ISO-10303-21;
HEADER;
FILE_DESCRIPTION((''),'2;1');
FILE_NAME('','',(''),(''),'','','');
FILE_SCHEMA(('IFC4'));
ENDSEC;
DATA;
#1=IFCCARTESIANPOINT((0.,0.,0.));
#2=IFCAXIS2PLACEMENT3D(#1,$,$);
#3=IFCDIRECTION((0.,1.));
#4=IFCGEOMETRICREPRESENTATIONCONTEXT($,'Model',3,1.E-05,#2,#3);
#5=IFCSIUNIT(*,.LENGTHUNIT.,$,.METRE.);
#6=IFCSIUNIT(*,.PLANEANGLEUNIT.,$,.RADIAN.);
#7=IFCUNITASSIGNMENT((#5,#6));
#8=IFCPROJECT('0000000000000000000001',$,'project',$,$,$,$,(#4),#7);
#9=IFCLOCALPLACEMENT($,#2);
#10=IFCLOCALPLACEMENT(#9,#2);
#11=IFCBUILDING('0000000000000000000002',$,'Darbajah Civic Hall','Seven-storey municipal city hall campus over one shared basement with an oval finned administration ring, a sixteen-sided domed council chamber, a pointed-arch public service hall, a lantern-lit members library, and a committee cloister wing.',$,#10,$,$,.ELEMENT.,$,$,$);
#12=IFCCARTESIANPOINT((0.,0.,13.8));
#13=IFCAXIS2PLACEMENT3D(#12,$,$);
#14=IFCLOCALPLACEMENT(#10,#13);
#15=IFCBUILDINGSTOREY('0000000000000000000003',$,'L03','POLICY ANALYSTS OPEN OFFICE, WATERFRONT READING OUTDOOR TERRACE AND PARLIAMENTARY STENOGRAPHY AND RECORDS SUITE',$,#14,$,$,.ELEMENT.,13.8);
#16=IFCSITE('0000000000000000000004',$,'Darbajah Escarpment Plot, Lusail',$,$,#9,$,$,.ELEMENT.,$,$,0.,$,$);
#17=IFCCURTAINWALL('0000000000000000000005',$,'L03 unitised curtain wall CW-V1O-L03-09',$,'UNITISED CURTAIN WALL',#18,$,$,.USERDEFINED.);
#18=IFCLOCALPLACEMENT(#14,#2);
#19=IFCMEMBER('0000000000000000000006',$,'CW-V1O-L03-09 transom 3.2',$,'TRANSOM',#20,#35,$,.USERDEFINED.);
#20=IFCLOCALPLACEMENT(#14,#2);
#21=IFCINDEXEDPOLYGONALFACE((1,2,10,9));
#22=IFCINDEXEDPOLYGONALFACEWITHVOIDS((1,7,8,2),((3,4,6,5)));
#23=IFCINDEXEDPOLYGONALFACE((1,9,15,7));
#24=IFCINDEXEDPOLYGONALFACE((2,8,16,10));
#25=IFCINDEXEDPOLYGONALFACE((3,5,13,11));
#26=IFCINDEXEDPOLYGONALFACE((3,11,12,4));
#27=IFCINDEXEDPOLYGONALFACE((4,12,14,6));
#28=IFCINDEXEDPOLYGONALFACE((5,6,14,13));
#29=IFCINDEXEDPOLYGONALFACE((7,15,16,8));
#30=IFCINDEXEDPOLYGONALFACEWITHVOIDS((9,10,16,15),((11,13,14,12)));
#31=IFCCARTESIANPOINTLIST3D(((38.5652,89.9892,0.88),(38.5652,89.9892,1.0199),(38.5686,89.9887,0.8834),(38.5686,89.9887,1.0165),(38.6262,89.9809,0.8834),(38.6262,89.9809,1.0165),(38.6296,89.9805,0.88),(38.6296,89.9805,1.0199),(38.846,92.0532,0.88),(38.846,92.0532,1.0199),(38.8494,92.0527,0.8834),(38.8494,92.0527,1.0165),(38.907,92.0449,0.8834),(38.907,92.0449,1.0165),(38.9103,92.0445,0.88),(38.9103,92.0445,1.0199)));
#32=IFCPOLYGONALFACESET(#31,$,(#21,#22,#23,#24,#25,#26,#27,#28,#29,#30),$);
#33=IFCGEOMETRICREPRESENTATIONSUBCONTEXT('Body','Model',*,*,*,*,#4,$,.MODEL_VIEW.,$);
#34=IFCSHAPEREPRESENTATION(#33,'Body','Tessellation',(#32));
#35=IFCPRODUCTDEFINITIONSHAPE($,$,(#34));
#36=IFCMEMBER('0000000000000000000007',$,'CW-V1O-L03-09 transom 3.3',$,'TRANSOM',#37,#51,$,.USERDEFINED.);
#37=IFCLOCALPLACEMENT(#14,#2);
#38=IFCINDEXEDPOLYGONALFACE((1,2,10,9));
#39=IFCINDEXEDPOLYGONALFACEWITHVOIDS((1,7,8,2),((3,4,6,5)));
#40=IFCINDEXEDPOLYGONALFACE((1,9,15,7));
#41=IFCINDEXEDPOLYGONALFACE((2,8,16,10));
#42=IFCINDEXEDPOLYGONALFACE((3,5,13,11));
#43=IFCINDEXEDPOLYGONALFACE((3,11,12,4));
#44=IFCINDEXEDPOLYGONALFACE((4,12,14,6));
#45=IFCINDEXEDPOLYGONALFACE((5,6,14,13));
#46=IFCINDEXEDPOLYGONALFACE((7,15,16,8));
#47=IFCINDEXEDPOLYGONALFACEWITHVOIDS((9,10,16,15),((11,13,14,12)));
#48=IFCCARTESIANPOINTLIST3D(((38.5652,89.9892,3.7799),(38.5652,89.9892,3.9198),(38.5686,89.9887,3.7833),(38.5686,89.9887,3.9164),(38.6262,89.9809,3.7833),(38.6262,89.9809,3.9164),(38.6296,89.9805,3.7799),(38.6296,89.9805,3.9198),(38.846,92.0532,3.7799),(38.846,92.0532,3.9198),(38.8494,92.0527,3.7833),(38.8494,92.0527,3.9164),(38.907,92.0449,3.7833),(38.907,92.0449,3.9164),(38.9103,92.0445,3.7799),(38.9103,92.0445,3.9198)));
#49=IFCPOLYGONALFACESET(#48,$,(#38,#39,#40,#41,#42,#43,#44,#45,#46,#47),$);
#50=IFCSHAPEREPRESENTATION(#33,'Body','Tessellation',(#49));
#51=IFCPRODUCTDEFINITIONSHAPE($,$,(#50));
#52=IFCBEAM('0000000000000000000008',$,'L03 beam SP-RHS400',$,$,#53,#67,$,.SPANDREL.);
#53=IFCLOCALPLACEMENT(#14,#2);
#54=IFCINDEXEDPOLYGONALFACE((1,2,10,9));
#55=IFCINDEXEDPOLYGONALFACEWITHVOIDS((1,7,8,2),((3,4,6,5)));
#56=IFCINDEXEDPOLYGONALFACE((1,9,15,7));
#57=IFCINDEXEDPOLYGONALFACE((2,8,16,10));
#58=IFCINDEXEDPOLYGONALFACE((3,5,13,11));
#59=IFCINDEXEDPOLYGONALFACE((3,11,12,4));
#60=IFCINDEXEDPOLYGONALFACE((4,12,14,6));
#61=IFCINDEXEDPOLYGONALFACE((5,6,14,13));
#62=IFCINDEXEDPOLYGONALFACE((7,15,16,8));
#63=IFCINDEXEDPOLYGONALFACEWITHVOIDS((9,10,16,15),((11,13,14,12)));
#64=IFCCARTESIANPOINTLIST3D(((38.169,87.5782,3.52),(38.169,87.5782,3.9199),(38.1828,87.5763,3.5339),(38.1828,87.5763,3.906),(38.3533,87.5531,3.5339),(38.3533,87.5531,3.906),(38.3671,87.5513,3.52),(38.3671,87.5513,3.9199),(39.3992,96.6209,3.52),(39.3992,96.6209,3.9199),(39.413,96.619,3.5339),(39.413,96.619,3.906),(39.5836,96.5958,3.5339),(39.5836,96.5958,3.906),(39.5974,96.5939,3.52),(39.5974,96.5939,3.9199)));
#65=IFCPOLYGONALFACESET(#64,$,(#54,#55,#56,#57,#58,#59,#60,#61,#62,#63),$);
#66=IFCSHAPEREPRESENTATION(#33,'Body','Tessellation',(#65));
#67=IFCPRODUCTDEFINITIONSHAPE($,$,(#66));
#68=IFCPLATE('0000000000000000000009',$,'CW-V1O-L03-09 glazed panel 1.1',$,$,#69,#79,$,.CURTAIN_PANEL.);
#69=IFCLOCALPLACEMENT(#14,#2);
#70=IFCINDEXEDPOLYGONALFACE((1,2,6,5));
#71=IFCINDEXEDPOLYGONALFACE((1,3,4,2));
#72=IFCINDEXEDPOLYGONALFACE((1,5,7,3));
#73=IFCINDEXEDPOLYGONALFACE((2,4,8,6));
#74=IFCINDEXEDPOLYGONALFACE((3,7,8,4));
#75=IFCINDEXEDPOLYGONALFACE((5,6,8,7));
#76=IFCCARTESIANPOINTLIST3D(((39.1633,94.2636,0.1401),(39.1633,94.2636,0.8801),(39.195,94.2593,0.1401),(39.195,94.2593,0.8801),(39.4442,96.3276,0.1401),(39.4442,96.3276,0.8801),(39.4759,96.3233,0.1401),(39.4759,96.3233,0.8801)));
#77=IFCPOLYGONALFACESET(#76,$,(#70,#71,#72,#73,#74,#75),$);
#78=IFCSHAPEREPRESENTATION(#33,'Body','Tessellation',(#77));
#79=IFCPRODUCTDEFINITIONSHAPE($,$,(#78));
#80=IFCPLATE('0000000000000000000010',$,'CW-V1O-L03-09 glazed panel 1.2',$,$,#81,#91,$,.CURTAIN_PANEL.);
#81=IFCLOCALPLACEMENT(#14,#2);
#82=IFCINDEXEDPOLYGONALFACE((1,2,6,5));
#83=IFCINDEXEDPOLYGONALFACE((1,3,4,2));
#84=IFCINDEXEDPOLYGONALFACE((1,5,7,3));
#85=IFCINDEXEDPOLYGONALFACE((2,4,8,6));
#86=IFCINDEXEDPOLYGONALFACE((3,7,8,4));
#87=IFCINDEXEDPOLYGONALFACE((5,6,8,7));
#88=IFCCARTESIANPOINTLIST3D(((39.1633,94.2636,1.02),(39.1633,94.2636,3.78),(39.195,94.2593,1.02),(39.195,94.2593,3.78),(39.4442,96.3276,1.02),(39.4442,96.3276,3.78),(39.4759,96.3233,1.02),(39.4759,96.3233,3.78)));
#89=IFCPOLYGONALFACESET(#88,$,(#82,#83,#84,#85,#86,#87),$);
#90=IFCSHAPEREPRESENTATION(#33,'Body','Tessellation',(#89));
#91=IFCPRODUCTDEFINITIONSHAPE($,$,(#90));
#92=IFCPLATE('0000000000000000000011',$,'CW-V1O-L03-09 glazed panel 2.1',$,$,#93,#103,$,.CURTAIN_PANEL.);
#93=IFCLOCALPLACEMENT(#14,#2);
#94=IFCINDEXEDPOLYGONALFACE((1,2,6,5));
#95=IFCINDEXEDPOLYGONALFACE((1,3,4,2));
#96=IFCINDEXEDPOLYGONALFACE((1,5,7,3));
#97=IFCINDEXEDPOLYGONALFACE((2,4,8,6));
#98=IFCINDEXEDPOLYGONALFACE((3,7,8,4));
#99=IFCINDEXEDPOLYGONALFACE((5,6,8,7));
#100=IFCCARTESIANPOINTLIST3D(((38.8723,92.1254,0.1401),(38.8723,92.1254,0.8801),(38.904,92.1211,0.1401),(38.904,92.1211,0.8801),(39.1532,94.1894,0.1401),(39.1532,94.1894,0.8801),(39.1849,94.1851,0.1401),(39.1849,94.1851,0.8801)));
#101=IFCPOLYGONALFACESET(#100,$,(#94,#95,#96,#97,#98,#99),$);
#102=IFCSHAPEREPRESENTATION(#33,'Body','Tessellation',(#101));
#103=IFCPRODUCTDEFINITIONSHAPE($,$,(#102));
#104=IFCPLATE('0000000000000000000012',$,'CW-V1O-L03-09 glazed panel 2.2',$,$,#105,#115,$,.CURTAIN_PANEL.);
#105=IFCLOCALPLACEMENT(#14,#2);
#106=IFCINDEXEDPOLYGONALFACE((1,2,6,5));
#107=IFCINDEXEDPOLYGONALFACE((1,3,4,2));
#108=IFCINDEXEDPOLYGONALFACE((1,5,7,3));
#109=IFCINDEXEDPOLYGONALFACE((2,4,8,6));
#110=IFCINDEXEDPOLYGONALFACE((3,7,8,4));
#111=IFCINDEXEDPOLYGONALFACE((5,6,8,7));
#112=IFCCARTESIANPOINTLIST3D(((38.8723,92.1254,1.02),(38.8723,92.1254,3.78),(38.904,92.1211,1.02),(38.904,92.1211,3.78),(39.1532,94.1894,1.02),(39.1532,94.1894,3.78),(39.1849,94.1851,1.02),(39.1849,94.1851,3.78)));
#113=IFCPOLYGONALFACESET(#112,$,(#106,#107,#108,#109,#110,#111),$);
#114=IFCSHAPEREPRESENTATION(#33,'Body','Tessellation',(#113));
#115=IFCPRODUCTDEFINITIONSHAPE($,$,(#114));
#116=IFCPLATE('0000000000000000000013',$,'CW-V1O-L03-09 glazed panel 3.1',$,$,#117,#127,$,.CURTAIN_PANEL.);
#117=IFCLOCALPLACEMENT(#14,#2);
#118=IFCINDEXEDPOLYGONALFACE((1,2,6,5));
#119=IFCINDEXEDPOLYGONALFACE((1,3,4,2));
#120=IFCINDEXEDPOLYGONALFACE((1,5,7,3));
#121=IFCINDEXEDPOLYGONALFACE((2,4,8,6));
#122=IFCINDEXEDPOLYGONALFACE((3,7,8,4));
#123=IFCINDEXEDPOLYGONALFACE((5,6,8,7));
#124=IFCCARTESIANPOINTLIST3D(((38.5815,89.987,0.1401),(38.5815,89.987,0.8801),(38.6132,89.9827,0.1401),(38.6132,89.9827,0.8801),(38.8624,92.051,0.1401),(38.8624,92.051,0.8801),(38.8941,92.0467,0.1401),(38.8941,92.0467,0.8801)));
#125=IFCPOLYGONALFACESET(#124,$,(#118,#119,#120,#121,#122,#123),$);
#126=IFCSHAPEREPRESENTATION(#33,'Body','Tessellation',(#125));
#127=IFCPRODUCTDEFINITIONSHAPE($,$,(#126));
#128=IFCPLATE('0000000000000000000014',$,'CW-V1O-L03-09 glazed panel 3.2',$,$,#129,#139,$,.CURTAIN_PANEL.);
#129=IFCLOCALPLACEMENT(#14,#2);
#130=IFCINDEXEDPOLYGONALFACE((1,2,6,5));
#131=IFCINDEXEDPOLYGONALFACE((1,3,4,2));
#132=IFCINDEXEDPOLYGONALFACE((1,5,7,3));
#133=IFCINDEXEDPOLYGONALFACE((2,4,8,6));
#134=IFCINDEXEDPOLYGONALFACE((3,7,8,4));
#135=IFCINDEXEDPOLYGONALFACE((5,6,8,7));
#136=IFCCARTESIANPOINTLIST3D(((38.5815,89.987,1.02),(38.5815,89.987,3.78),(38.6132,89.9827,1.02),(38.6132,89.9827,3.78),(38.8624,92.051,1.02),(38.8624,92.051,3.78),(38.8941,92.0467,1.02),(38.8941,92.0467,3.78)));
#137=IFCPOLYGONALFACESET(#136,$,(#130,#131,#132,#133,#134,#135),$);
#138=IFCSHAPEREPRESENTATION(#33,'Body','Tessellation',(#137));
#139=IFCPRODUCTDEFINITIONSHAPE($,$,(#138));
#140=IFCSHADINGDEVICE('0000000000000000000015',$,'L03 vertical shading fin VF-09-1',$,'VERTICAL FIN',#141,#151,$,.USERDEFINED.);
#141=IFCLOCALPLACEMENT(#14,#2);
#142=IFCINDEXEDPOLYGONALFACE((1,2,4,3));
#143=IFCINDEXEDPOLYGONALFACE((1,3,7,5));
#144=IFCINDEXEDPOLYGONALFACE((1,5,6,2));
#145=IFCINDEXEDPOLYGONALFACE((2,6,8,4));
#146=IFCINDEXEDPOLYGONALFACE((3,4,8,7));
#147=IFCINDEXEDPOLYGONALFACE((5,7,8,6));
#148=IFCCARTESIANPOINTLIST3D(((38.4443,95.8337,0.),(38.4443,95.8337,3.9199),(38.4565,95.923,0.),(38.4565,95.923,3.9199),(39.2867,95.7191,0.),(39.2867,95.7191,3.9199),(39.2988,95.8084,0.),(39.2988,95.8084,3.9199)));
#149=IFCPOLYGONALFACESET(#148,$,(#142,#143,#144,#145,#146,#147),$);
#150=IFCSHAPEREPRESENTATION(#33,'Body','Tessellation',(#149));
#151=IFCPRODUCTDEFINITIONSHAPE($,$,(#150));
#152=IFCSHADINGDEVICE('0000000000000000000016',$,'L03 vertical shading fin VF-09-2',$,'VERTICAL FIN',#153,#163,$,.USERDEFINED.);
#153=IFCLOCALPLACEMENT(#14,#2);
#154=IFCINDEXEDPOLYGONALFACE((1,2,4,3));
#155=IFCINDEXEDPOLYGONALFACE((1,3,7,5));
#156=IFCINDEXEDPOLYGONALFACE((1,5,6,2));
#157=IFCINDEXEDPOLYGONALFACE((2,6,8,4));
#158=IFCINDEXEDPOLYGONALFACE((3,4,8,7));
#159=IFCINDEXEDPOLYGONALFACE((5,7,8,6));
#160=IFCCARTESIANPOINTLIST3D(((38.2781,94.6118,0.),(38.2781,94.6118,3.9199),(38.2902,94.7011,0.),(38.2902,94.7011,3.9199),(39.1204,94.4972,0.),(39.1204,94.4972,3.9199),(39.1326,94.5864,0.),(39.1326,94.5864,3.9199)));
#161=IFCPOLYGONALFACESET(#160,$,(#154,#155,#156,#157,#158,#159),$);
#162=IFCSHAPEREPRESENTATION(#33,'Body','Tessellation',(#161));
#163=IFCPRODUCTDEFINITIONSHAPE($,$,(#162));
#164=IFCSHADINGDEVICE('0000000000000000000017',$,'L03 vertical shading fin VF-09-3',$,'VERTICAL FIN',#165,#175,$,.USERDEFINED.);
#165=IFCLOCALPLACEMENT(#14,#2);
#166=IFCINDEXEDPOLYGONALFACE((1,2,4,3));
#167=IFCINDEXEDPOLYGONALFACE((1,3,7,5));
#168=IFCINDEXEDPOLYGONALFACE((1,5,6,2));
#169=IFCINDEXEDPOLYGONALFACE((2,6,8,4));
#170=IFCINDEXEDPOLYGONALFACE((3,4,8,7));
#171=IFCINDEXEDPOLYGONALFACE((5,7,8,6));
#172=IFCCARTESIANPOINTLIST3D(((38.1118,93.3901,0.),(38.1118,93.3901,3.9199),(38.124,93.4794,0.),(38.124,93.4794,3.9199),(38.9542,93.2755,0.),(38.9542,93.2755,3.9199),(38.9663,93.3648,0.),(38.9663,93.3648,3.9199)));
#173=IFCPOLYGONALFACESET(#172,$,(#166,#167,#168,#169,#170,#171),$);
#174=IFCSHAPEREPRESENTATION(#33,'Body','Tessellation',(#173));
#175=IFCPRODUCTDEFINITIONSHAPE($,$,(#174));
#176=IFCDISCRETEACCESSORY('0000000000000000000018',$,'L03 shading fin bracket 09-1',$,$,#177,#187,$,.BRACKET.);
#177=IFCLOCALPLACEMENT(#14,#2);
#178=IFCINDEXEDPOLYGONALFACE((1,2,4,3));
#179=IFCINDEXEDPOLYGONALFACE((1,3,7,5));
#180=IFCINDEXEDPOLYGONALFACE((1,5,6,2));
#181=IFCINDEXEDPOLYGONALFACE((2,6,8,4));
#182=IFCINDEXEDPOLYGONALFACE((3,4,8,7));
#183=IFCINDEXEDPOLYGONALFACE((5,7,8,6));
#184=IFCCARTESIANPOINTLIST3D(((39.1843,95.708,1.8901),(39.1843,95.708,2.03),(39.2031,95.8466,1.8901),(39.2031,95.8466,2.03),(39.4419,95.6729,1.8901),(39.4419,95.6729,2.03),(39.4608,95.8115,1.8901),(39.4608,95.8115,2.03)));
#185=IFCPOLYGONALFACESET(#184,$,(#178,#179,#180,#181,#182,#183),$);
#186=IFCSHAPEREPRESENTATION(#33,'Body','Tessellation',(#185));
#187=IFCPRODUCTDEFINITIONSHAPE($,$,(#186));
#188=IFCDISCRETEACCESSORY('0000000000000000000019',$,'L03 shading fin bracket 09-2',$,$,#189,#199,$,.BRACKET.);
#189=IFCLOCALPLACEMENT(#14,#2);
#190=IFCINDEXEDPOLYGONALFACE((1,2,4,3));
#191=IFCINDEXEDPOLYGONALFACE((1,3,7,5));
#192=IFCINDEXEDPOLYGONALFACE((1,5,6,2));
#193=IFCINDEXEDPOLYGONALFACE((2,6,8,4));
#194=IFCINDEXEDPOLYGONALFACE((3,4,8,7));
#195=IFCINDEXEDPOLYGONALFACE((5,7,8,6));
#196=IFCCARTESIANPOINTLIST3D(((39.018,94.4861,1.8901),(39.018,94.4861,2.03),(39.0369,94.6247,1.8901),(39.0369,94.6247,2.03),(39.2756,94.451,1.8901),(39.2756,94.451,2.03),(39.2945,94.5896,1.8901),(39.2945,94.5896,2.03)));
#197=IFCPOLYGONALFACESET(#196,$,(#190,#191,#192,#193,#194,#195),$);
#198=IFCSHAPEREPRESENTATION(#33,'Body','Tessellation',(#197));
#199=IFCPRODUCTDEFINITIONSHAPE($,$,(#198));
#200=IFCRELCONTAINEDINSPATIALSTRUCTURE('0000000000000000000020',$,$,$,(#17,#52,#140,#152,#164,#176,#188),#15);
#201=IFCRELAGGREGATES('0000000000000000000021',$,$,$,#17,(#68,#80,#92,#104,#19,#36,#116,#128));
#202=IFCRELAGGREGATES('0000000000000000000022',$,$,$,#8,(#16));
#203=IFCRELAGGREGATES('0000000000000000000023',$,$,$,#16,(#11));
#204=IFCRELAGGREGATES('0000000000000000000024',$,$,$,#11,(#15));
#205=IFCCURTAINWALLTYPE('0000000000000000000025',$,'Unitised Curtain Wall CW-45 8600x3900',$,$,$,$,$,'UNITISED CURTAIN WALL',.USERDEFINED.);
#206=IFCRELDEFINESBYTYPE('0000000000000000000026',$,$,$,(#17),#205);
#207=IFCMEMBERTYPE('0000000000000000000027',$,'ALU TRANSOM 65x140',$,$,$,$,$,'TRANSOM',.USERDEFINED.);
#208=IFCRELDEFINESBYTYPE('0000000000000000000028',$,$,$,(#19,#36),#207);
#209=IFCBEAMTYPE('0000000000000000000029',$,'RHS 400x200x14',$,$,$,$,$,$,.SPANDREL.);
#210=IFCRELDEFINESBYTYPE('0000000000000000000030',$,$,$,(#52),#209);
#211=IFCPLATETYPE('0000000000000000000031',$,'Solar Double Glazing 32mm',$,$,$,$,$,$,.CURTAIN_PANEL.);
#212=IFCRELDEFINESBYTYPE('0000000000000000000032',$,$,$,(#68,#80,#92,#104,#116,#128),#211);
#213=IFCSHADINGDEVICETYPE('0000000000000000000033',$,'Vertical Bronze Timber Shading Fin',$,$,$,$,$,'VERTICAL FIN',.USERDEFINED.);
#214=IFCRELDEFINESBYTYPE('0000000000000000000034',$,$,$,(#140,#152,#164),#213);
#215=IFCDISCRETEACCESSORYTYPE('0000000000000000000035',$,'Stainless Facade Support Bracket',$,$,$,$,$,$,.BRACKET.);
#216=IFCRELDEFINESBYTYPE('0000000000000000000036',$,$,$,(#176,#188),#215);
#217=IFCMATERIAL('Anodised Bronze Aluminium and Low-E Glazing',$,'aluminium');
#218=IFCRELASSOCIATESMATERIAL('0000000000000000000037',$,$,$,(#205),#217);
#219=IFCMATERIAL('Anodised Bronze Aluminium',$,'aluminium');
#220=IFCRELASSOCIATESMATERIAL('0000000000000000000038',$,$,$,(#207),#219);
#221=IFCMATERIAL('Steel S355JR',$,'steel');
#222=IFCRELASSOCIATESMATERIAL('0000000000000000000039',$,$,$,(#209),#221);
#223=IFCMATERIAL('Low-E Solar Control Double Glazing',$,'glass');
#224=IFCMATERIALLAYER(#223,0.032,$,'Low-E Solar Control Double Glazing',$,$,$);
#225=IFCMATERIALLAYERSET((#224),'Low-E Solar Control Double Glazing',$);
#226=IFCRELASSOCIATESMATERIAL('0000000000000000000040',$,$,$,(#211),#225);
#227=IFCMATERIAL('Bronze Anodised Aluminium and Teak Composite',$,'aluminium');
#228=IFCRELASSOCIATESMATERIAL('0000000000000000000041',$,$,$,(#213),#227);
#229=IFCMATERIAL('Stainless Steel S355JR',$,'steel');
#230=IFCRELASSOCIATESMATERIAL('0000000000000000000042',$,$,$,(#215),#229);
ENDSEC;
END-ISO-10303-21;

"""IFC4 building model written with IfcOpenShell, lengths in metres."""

from ifc_helpers import new_model, si_unit, direction, frame, origin, origin_2d, place, context, subcontext, project, spatial, rectangle, hollow_rectangle, extrude, material, layer, layer_set, material_profile, profile_set, type_object, element, aggregate, save


model = new_model("IFC4")

# Units and contexts
model_context = context("Model", 3, precision=1e-05, world=origin(), true_north=direction((0.0, 1.0)))
body_context = subcontext(model_context, "Body", "Model", "MODEL_VIEW")
ifc_project = project(units=[si_unit("LENGTHUNIT", "METRE"), si_unit("PLANEANGLEUNIT", "RADIAN")], contexts=[model_context])

# Site, building, storey
site_placement = place(None, origin())
site = spatial("IfcSite", under=ifc_project, at=site_placement, Name="Darbajah Escarpment Plot, Lusail", CompositionType="ELEMENT", RefElevation=0.0)
building_placement = place(site_placement, origin())
building = spatial("IfcBuilding", under=site, at=building_placement, Name="Darbajah Civic Hall", Description="Seven-storey municipal city hall campus over one shared basement with an oval finned administration ring, a sixteen-sided domed council chamber, a pointed-arch public service hall, a lantern-lit members library, and a committee cloister wing.", CompositionType="ELEMENT")
storey_placement = place(building_placement, frame((0.0, 0.0, 13.8)))
storey = spatial("IfcBuildingStorey", under=building, at=storey_placement, Name="L03", Description="POLICY ANALYSTS OPEN OFFICE, WATERFRONT READING OUTDOOR TERRACE AND PARLIAMENTARY STENOGRAPHY AND RECORDS SUITE", CompositionType="ELEMENT", Elevation=13.8)

# Curtain wall, members
ifc_material_1 = material(Name="Anodised Bronze Aluminium and Low-E Glazing", Category="aluminium")
curtain_wall_type = type_object("IfcCurtainWallType", Name="Unitised Curtain Wall CW-45 8600x3900", ElementType="UNITISED CURTAIN WALL", PredefinedType="USERDEFINED", material=ifc_material_1)
curtain_wall_placement = place(storey_placement, origin())
curtain_wall = element("IfcCurtainWall", 1, at=curtain_wall_placement, inside=storey, type_object=curtain_wall_type, Name="L03 unitised curtain wall CW-V1O-L03-09", ObjectType="UNITISED CURTAIN WALL", PredefinedType="USERDEFINED")
ifc_material_2 = material(Name="Anodised Bronze Aluminium", Category="aluminium")
ifc_material_profile_1 = material_profile(ifc_material_2, hollow_rectangle(XDim=0.0649, YDim=0.1399, WallThickness=0.0034, at=origin_2d()), Name="ALU TRANSOM 65x140")
ifc_profile_set_1 = profile_set([ifc_material_profile_1], Name="Anodised Bronze Aluminium")
member_type_1 = type_object("IfcMemberType", Name="ALU TRANSOM 65x140", ElementType="TRANSOM", PredefinedType="USERDEFINED", material=ifc_profile_set_1)
member_1_placement = place(storey_placement, frame((38.8782, 92.0488, 0.95), z_axis=(-0.134789, -0.990874, 0.0), x_axis=(0.990874, -0.134789, 0.0)))
member_1 = element("IfcMember", 2, at=member_1_placement, type_object=member_type_1, Name="CW-V1O-L03-09 transom 3.2", ObjectType="TRANSOM", PredefinedType="USERDEFINED", context=body_context, shape_type="SweptSolid", body=[
    extrude(hollow_rectangle(XDim=0.0649, YDim=0.1399, WallThickness=0.0034, at=origin_2d()), origin(), (0.0, 0.0, 1.0), 2.083),
])
member_2_placement = place(storey_placement, frame((38.8782, 92.0488, 3.8499), z_axis=(-0.134789, -0.990874, 0.0), x_axis=(0.990874, -0.134789, 0.0)))
member_2 = element("IfcMember", 3, at=member_2_placement, type_object=member_type_1, Name="CW-V1O-L03-09 transom 3.3", ObjectType="TRANSOM", PredefinedType="USERDEFINED", context=body_context, shape_type="SweptSolid", body=[
    extrude(hollow_rectangle(XDim=0.0649, YDim=0.1399, WallThickness=0.0034, at=origin_2d()), origin(), (0.0, 0.0, 1.0), 2.083),
])

# Beam
ifc_material_3 = material(Name="Steel S355JR", Category="steel")
ifc_material_profile_2 = material_profile(ifc_material_3, hollow_rectangle(XDim=0.2, YDim=0.3999, WallThickness=0.0139, at=origin_2d()), Name="RHS 400x200x14")
ifc_profile_set_2 = profile_set([ifc_material_profile_2], Name="Steel S355JR")
beam_type = type_object("IfcBeamType", Name="RHS 400x200x14", PredefinedType="SPANDREL", material=ifc_profile_set_2)
beam_placement = place(storey_placement, frame((39.4983, 96.6074, 3.72), z_axis=(-0.134804, -0.990872, 0.0), x_axis=(0.990872, -0.134804, 0.0)))
element("IfcBeam", 4, at=beam_placement, inside=storey, type_object=beam_type, Name="L03 beam SP-RHS400", PredefinedType="SPANDREL", context=body_context, shape_type="SweptSolid", body=[
    extrude(hollow_rectangle(XDim=0.2, YDim=0.3999, WallThickness=0.0139, at=origin_2d()), origin(), (0.0, 0.0, 1.0), 9.126),
])

# Plates
ifc_material_4 = material(Name="Low-E Solar Control Double Glazing", Category="glass")
ifc_layer = layer(ifc_material_4, 0.032, Name="Low-E Solar Control Double Glazing")
ifc_layer_set = layer_set([ifc_layer], Name="Low-E Solar Control Double Glazing")
plate_type = type_object("IfcPlateType", Name="Solar Double Glazing 32mm", PredefinedType="CURTAIN_PANEL", material=ifc_layer_set)
plate_1_placement = place(storey_placement, frame((39.3196, 95.2935, 0.1401), z_axis=(0.0, 0.0, 1.0), x_axis=(-0.134851, -0.990866, 0.0)))
plate_1 = element("IfcPlate", 5, at=plate_1_placement, type_object=plate_type, Name="CW-V1O-L03-09 glazed panel 1.1", PredefinedType="CURTAIN_PANEL", context=body_context, shape_type="SweptSolid", body=[
    extrude(rectangle(XDim=2.083, YDim=0.032, at=origin_2d()), origin(), (0.0, 0.0, 1.0), 0.74),
])
plate_2_placement = place(storey_placement, frame((39.3196, 95.2935, 1.02), z_axis=(0.0, 0.0, 1.0), x_axis=(-0.134851, -0.990866, 0.0)))
plate_2 = element("IfcPlate", 6, at=plate_2_placement, type_object=plate_type, Name="CW-V1O-L03-09 glazed panel 1.2", PredefinedType="CURTAIN_PANEL", context=body_context, shape_type="SweptSolid", body=[
    extrude(rectangle(XDim=2.083, YDim=0.032, at=origin_2d()), origin(), (0.0, 0.0, 1.0), 2.76),
])
plate_3_placement = place(storey_placement, frame((39.0286, 93.1553, 0.1401), z_axis=(0.0, 0.0, 1.0), x_axis=(-0.134851, -0.990866, 0.0)))
plate_3 = element("IfcPlate", 7, at=plate_3_placement, type_object=plate_type, Name="CW-V1O-L03-09 glazed panel 2.1", PredefinedType="CURTAIN_PANEL", context=body_context, shape_type="SweptSolid", body=[
    extrude(rectangle(XDim=2.083, YDim=0.032, at=origin_2d()), origin(), (0.0, 0.0, 1.0), 0.74),
])
plate_4_placement = place(storey_placement, frame((39.0286, 93.1553, 1.02), z_axis=(0.0, 0.0, 1.0), x_axis=(-0.134851, -0.990866, 0.0)))
plate_4 = element("IfcPlate", 8, at=plate_4_placement, type_object=plate_type, Name="CW-V1O-L03-09 glazed panel 2.2", PredefinedType="CURTAIN_PANEL", context=body_context, shape_type="SweptSolid", body=[
    extrude(rectangle(XDim=2.083, YDim=0.032, at=origin_2d()), origin(), (0.0, 0.0, 1.0), 2.76),
])
plate_5_placement = place(storey_placement, frame((38.7378, 91.0168, 0.1401), z_axis=(0.0, 0.0, 1.0), x_axis=(-0.134851, -0.990866, 0.0)))
plate_5 = element("IfcPlate", 9, at=plate_5_placement, type_object=plate_type, Name="CW-V1O-L03-09 glazed panel 3.1", PredefinedType="CURTAIN_PANEL", context=body_context, shape_type="SweptSolid", body=[
    extrude(rectangle(XDim=2.083, YDim=0.032, at=origin_2d()), origin(), (0.0, 0.0, 1.0), 0.74),
])
plate_6_placement = place(storey_placement, frame((38.7378, 91.0168, 1.02), z_axis=(0.0, 0.0, 1.0), x_axis=(-0.134851, -0.990866, 0.0)))
plate_6 = element("IfcPlate", 10, at=plate_6_placement, type_object=plate_type, Name="CW-V1O-L03-09 glazed panel 3.2", PredefinedType="CURTAIN_PANEL", context=body_context, shape_type="SweptSolid", body=[
    extrude(rectangle(XDim=2.083, YDim=0.032, at=origin_2d()), origin(), (0.0, 0.0, 1.0), 2.76),
])
aggregate(curtain_wall, [plate_1, plate_2, plate_3, plate_4, member_1, member_2, plate_5, plate_6])

# Shading devices
ifc_material_5 = material(Name="Bronze Anodised Aluminium and Teak Composite", Category="aluminium")
shading_device_type = type_object("IfcShadingDeviceType", Name="Vertical Bronze Timber Shading Fin", ElementType="VERTICAL FIN", PredefinedType="USERDEFINED", material=ifc_material_5)
for number, where, z_axis, x_axis, name in (
    (11, (38.8716, 95.821, 0.0), (0.0, 0.0, 1.0), (-0.990866, 0.134851, 0.0), "L03 vertical shading fin VF-09-1"),
    (12, (38.7053, 94.5991, 0.0), (0.0, 0.0, 1.0), (-0.990866, 0.134851, 0.0), "L03 vertical shading fin VF-09-2"),
    (13, (38.5391, 93.3774, 0.0), (0.0, 0.0, 1.0), (-0.990866, 0.134851, 0.0), "L03 vertical shading fin VF-09-3"),
):
    element("IfcShadingDevice", number, at=place(storey_placement, frame(where, z_axis=z_axis, x_axis=x_axis)), inside=storey, type_object=shading_device_type, Name=name, ObjectType="VERTICAL FIN", PredefinedType="USERDEFINED", context=body_context, shape_type="SweptSolid", body=[
        extrude(rectangle(XDim=0.8501, YDim=0.0901, at=origin_2d()), origin(), (0.0, 0.0, 1.0), 3.9199),
    ])

# Discrete accessories
ifc_material_6 = material(Name="Stainless Steel S355JR", Category="steel")
discrete_accessory_type = type_object("IfcDiscreteAccessoryType", Name="Stainless Facade Support Bracket", PredefinedType="BRACKET", material=ifc_material_6)
for number, where, z_axis, x_axis, name in (
    (14, (39.3225, 95.7598, 1.8901), (0.0, 0.0, 1.0), (-0.990866, 0.134851, 0.0), "L03 shading fin bracket 09-1"),
    (15, (39.1562, 94.5378, 1.8901), (0.0, 0.0, 1.0), (-0.990866, 0.134851, 0.0), "L03 shading fin bracket 09-2"),
):
    element("IfcDiscreteAccessory", number, at=place(storey_placement, frame(where, z_axis=z_axis, x_axis=x_axis)), inside=storey, type_object=discrete_accessory_type, Name=name, PredefinedType="BRACKET", context=body_context, shape_type="SweptSolid", body=[
        extrude(rectangle(XDim=0.26, YDim=0.1399, at=origin_2d()), origin(), (0.0, 0.0, 1.0), 0.1399),
    ])

save(model, "model.ifc")
